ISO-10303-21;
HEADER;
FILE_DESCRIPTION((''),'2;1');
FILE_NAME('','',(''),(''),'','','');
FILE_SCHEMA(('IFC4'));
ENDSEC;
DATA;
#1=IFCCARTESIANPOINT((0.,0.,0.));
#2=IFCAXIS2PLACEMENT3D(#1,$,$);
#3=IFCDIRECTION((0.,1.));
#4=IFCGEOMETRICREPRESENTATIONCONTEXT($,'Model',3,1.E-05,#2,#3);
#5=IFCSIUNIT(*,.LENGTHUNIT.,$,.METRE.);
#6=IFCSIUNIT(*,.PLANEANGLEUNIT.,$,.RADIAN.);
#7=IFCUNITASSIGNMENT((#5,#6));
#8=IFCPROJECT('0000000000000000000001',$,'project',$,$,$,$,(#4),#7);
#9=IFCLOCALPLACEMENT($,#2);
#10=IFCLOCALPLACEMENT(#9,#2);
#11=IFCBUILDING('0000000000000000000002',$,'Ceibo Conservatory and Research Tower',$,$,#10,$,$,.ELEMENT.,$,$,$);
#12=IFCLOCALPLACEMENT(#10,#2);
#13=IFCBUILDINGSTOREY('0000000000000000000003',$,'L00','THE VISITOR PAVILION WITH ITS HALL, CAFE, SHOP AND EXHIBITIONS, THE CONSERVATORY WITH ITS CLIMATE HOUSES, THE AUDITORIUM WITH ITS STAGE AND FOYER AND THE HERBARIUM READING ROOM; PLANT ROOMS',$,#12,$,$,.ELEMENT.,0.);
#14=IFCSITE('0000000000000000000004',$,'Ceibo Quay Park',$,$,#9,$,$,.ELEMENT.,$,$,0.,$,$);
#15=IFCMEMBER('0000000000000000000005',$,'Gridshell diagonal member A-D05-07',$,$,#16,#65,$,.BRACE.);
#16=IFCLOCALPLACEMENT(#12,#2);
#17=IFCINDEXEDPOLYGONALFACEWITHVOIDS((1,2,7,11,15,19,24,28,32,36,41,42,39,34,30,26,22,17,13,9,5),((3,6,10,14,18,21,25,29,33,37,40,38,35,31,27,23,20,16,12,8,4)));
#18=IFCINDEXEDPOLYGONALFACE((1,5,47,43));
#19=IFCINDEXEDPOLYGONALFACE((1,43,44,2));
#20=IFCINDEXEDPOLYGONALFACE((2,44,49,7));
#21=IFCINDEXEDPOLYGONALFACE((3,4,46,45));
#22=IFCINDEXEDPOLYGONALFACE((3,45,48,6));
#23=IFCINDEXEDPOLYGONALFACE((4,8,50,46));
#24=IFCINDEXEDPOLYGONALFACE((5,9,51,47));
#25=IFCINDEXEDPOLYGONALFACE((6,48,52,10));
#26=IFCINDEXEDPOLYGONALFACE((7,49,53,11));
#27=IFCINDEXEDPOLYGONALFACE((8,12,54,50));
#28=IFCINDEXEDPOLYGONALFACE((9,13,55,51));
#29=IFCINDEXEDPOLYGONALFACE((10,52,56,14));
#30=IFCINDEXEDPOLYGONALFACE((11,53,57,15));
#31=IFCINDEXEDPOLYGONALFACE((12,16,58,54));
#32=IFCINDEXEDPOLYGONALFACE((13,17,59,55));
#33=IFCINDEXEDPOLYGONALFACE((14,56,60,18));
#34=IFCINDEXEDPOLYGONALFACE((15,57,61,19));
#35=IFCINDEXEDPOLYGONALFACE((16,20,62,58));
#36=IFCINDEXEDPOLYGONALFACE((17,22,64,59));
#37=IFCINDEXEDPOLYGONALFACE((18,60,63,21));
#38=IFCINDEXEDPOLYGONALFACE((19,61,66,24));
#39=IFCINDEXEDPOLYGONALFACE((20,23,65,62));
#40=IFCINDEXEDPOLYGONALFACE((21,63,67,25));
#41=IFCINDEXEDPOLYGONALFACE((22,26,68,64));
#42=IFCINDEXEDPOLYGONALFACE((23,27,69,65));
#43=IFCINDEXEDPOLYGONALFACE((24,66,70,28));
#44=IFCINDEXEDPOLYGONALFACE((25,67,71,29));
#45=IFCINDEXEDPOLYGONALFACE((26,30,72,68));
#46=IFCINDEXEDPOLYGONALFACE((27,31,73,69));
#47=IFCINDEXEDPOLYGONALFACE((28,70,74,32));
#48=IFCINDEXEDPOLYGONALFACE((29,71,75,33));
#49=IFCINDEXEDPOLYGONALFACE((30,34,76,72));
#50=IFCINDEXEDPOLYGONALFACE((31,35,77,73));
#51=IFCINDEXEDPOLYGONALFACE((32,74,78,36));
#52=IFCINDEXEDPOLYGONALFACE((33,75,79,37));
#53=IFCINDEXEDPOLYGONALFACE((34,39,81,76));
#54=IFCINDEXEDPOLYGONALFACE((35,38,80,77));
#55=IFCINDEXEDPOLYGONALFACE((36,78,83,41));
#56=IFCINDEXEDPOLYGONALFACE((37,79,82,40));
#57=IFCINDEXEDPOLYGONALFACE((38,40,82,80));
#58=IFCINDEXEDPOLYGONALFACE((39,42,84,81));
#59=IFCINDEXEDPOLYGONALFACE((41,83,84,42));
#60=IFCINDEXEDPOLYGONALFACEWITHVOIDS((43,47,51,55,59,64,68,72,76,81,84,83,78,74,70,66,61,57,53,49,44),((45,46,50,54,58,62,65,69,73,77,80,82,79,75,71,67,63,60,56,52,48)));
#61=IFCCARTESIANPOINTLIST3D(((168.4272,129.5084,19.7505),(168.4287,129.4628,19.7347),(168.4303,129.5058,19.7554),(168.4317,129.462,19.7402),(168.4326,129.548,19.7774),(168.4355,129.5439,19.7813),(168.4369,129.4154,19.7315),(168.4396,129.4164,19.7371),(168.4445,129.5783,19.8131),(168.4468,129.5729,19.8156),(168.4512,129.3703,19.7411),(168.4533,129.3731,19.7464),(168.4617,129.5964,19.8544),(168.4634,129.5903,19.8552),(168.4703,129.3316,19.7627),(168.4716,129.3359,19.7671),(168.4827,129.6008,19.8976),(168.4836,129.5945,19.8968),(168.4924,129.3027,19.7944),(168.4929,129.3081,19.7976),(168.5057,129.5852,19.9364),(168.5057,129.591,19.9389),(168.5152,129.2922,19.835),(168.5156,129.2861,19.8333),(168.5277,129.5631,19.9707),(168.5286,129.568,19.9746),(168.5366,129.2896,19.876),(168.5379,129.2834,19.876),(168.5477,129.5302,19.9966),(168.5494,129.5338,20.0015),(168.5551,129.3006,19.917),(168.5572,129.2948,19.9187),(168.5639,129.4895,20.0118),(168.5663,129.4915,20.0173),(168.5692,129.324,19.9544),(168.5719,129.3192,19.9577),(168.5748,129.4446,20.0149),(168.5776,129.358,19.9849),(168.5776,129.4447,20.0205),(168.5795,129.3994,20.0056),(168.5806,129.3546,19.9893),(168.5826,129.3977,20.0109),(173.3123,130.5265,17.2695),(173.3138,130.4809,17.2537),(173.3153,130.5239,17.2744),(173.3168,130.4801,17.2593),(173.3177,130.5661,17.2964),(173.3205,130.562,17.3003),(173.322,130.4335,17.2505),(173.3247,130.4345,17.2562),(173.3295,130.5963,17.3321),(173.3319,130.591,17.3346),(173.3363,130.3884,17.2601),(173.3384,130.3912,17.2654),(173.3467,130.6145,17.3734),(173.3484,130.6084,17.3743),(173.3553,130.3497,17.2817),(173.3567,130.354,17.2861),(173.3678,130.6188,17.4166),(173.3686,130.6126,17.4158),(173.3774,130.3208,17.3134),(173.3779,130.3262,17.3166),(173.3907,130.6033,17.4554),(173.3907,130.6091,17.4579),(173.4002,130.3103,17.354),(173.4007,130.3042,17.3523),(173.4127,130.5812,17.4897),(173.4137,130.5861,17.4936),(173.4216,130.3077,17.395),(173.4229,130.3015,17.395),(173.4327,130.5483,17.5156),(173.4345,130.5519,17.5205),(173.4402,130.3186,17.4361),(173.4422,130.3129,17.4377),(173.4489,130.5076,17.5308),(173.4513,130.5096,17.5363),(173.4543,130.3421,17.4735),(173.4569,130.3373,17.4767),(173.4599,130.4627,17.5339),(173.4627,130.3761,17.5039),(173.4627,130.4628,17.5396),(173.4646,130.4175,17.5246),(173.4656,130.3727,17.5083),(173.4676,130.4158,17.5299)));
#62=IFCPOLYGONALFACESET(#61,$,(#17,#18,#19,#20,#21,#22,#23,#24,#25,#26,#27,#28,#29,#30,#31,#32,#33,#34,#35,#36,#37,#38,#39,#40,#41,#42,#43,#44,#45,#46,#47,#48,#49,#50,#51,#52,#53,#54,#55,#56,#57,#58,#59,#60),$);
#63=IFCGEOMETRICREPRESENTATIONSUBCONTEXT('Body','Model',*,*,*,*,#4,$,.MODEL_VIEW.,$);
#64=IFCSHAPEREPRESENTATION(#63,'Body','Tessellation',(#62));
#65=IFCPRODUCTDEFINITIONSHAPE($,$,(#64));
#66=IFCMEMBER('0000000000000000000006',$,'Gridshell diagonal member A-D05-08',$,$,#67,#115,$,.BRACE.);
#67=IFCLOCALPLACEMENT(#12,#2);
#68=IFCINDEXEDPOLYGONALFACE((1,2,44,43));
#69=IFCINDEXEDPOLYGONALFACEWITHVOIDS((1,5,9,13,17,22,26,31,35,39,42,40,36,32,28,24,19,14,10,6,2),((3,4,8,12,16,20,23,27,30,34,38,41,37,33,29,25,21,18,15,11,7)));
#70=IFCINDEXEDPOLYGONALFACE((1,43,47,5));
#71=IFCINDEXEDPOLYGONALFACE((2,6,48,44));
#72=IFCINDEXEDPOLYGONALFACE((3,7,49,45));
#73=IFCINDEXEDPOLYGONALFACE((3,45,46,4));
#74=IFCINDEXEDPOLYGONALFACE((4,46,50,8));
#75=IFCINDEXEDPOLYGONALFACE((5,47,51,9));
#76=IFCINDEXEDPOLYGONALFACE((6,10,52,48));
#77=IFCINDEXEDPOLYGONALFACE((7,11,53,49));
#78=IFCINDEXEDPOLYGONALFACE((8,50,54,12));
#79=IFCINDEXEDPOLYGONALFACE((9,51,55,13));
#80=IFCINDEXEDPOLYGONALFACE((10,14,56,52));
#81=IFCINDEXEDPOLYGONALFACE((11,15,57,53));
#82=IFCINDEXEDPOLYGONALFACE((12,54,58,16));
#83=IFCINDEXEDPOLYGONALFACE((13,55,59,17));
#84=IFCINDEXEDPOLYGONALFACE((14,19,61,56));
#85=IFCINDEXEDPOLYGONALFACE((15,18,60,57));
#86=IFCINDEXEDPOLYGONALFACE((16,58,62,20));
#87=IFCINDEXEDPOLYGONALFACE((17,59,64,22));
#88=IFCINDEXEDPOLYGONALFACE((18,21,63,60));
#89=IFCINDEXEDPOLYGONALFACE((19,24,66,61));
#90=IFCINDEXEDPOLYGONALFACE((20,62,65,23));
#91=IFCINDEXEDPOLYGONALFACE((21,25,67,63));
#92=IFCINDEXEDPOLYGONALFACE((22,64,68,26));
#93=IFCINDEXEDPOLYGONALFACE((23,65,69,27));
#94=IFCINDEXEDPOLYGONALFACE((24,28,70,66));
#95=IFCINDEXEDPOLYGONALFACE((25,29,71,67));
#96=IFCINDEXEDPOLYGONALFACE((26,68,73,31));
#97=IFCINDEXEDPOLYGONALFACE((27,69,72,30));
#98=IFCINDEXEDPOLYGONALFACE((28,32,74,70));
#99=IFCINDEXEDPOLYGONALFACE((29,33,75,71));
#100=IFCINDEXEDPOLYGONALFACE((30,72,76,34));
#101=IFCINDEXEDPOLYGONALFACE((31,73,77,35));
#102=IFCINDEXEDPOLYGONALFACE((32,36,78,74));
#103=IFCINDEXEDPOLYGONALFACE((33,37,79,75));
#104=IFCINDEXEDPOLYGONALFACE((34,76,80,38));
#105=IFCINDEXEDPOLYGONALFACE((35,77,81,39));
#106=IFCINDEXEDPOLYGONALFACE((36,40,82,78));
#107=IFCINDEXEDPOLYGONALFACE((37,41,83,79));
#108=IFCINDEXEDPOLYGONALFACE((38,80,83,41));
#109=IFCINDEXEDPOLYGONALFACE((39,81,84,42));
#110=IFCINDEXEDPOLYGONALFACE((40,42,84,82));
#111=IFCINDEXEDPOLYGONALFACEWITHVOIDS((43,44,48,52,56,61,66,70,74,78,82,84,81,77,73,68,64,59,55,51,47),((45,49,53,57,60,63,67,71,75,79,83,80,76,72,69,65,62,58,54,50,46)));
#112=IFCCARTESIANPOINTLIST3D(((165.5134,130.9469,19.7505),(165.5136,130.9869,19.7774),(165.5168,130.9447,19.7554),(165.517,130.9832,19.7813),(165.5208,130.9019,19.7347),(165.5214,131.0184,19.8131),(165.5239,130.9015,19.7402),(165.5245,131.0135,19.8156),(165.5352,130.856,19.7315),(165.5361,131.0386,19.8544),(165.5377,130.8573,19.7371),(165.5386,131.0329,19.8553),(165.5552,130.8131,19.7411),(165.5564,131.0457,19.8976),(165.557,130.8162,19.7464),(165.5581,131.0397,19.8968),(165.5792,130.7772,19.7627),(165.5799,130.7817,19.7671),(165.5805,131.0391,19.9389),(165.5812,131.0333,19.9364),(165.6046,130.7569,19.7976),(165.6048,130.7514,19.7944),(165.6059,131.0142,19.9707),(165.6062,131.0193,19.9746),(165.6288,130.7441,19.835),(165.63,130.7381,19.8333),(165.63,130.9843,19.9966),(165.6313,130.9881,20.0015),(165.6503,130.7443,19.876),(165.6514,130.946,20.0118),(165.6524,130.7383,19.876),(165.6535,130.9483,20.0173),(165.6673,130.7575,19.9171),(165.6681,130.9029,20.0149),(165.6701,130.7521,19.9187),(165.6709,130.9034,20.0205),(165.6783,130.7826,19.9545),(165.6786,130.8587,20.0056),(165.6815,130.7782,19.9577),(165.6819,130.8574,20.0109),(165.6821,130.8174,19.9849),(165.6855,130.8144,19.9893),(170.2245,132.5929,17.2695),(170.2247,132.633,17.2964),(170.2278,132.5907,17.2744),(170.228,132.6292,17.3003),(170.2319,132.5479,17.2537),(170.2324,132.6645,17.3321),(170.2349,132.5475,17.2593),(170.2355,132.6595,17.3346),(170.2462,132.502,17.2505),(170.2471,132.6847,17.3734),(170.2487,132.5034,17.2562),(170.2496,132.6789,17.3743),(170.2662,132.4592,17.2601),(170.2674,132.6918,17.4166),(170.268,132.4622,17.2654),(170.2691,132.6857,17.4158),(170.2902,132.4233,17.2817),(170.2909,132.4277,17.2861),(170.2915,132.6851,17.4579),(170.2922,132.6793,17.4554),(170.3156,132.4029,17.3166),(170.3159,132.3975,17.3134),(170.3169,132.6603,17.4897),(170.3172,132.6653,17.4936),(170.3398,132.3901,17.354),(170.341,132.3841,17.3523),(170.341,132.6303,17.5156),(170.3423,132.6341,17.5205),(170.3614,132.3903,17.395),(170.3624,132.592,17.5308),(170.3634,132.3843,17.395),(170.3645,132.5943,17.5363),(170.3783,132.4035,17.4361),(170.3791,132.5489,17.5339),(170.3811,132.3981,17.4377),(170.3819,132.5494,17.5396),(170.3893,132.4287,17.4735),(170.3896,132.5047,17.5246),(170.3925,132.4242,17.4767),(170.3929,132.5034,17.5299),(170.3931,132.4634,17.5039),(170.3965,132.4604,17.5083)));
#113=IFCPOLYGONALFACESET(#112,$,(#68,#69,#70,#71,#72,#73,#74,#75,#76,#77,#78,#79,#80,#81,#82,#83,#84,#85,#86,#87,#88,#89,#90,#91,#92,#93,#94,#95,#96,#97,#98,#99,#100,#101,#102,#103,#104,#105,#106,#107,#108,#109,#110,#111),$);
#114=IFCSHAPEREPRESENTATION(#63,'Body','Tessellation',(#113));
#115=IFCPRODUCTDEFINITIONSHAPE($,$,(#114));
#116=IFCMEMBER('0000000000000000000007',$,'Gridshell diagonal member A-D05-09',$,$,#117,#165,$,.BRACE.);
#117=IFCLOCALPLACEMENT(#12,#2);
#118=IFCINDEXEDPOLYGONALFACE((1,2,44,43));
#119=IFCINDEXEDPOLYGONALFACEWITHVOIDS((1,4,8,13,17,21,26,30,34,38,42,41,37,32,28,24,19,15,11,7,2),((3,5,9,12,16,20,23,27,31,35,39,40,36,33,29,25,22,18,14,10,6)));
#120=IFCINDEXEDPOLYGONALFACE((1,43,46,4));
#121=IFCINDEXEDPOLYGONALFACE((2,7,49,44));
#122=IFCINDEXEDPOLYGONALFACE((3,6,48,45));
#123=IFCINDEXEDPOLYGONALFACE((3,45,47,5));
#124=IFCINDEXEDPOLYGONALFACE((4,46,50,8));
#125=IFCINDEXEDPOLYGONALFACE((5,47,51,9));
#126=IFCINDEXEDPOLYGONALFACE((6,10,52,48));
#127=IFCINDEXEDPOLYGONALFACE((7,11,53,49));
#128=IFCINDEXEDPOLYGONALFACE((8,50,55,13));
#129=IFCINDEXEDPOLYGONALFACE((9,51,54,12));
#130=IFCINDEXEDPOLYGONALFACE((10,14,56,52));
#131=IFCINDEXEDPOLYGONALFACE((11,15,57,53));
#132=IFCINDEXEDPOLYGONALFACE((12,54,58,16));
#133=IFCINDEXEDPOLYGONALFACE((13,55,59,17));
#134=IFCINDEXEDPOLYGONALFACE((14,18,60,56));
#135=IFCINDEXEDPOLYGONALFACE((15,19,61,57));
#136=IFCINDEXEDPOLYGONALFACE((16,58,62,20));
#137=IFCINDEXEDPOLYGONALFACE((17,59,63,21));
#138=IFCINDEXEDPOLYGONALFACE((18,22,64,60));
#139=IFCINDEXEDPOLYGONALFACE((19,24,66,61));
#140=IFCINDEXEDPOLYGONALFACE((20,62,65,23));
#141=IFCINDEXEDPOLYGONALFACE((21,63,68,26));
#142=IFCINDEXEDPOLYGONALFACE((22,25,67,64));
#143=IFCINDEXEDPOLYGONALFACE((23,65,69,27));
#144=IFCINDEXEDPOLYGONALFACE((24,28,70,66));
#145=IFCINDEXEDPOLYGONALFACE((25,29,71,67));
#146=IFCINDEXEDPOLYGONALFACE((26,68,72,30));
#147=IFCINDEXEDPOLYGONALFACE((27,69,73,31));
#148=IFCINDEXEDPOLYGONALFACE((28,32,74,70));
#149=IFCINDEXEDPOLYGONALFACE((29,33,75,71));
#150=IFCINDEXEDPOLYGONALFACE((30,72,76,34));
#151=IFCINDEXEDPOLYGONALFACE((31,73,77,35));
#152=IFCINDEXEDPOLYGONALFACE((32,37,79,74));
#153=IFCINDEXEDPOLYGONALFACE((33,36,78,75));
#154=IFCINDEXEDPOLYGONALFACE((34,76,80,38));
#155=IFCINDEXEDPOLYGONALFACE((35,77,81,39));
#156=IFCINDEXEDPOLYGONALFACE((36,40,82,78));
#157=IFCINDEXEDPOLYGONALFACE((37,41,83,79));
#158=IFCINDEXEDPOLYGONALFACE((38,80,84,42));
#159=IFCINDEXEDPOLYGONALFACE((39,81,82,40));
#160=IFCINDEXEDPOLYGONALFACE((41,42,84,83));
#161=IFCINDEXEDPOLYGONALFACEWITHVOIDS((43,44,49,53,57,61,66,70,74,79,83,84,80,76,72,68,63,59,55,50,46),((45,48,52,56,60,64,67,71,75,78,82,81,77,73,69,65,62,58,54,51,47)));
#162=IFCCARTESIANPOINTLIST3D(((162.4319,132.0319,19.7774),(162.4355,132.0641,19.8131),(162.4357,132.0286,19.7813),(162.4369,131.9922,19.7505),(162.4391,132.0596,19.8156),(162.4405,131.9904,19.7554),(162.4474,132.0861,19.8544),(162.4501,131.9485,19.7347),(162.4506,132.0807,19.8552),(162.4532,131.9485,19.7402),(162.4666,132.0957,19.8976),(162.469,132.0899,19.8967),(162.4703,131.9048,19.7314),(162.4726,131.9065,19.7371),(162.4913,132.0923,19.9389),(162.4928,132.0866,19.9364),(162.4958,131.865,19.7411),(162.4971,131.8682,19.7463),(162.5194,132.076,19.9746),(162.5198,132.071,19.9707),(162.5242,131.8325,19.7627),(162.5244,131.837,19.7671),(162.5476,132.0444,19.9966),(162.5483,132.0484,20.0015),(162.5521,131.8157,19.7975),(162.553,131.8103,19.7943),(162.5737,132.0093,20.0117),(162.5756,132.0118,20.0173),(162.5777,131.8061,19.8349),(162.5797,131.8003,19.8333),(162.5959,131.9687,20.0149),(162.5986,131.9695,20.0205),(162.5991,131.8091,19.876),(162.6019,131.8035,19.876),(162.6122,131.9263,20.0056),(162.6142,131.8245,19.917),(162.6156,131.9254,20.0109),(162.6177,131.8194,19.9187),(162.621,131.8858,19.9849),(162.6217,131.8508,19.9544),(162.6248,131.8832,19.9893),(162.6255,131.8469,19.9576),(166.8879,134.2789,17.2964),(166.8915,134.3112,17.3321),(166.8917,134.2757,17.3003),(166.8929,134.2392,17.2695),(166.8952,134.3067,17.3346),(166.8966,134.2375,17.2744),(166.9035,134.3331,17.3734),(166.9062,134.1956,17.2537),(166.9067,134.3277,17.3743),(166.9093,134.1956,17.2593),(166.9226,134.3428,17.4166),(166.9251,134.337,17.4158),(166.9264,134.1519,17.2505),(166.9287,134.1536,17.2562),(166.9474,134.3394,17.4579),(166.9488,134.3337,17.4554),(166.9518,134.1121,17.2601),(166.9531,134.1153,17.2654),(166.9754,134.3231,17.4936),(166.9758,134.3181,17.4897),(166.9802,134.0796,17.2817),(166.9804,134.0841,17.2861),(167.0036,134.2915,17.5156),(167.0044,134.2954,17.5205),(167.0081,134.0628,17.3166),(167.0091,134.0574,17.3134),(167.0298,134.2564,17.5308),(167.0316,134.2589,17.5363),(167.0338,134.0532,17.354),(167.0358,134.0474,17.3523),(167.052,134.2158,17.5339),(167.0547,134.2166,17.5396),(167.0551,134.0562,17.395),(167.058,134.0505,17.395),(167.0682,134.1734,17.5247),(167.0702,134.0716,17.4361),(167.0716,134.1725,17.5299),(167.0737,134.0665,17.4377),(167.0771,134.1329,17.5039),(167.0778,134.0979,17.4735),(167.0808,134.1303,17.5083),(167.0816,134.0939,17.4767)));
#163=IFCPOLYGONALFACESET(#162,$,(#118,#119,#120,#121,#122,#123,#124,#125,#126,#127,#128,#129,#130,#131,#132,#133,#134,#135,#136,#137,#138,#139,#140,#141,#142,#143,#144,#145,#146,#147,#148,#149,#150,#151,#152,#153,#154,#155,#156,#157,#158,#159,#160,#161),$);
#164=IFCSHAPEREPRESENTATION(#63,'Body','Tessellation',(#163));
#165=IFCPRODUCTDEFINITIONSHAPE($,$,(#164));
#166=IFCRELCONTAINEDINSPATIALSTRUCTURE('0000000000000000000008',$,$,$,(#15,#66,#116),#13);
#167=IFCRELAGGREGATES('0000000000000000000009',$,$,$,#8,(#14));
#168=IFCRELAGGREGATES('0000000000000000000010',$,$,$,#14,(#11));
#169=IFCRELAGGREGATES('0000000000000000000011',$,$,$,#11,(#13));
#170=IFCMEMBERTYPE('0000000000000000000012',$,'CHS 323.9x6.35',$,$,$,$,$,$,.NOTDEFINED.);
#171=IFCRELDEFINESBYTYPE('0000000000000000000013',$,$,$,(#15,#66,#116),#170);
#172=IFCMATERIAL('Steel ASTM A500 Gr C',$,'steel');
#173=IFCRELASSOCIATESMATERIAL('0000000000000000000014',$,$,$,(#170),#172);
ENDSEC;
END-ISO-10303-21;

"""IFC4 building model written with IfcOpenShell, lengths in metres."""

from ifc_helpers import new_model, si_unit, direction, frame, origin, origin_2d, place, context, subcontext, project, spatial, hollow_circle, extrude, material, material_profile, profile_set, type_object, element, save


model = new_model("IFC4")

# Units and contexts
model_context = context("Model", 3, precision=1e-05, world=origin(), true_north=direction((0.0, 1.0)))
body_context = subcontext(model_context, "Body", "Model", "MODEL_VIEW")
ifc_project = project(units=[si_unit("LENGTHUNIT", "METRE"), si_unit("PLANEANGLEUNIT", "RADIAN")], contexts=[model_context])

# Site, building, storey
site_placement = place(None, origin())
site = spatial("IfcSite", under=ifc_project, at=site_placement, Name="Ceibo Quay Park", CompositionType="ELEMENT", RefElevation=0.0)
building_placement = place(site_placement, origin())
building = spatial("IfcBuilding", under=site, at=building_placement, Name="Ceibo Conservatory and Research Tower", CompositionType="ELEMENT")
storey_placement = place(building_placement, origin())
storey = spatial("IfcBuildingStorey", under=building, at=storey_placement, Name="L00", Description="THE VISITOR PAVILION WITH ITS HALL, CAFE, SHOP AND EXHIBITIONS, THE CONSERVATORY WITH ITS CLIMATE HOUSES, THE AUDITORIUM WITH ITS STAGE AND FOYER AND THE HERBARIUM READING ROOM; PLANT ROOMS", CompositionType="ELEMENT", Elevation=0.0)

# Members
ifc_material_1 = material(Name="Steel ASTM A500 Gr C", Category="steel")
ifc_material_profile_1 = material_profile(ifc_material_1, hollow_circle(Radius=0.1619, WallThickness=0.0063, at=origin_2d()), Name="CHS 323.9x6.35")
ifc_profile_set_1 = profile_set([ifc_material_profile_1], Name="Steel ASTM A500 Gr C")
member_type_1 = type_object("IfcMemberType", Name="CHS 323.9x6.35", PredefinedType="NOTDEFINED", material=ifc_profile_set_1)
member_1_placement = place(storey_placement, frame((173.3899, 130.46, 17.395), z_axis=(-0.876597, -0.182688, 0.445199), x_axis=(0.204023, -0.978966, 0.0)))
element("IfcMember", 1, at=member_1_placement, inside=storey, type_object=member_type_1, Name="Gridshell diagonal member A-D05-07", PredefinedType="BRACE", context=body_context, shape_type="SweptSolid", body=[
    extrude(hollow_circle(Radius=0.1619, WallThickness=0.0063, at=origin_2d()), origin(), (0.0, 0.0, 1.0), 5.5728),
])
member_2_placement = place(storey_placement, frame((170.3101, 132.5371, 17.395), z_axis=(-0.845327, -0.295356, 0.445181), x_axis=(0.329845, -0.944035, 0.0)))
element("IfcMember", 2, at=member_2_placement, inside=storey, type_object=member_type_1, Name="Gridshell diagonal member A-D05-08", PredefinedType="BRACE", context=body_context, shape_type="SweptSolid", body=[
    extrude(hollow_circle(Radius=0.1619, WallThickness=0.0063, at=origin_2d()), origin(), (0.0, 0.0, 1.0), 5.573),
])
member_3_placement = place(storey_placement, frame((166.9851, 134.1951, 17.395), z_axis=(-0.799546, -0.40319, 0.445156), x_axis=(0.450264, -0.892896, 0.0)))
element("IfcMember", 3, at=member_3_placement, inside=storey, type_object=member_type_1, Name="Gridshell diagonal member A-D05-09", PredefinedType="BRACE", context=body_context, shape_type="SweptSolid", body=[
    extrude(hollow_circle(Radius=0.1619, WallThickness=0.0063, at=origin_2d()), origin(), (0.0, 0.0, 1.0), 5.5732),
])

save(model, "model.ifc")
